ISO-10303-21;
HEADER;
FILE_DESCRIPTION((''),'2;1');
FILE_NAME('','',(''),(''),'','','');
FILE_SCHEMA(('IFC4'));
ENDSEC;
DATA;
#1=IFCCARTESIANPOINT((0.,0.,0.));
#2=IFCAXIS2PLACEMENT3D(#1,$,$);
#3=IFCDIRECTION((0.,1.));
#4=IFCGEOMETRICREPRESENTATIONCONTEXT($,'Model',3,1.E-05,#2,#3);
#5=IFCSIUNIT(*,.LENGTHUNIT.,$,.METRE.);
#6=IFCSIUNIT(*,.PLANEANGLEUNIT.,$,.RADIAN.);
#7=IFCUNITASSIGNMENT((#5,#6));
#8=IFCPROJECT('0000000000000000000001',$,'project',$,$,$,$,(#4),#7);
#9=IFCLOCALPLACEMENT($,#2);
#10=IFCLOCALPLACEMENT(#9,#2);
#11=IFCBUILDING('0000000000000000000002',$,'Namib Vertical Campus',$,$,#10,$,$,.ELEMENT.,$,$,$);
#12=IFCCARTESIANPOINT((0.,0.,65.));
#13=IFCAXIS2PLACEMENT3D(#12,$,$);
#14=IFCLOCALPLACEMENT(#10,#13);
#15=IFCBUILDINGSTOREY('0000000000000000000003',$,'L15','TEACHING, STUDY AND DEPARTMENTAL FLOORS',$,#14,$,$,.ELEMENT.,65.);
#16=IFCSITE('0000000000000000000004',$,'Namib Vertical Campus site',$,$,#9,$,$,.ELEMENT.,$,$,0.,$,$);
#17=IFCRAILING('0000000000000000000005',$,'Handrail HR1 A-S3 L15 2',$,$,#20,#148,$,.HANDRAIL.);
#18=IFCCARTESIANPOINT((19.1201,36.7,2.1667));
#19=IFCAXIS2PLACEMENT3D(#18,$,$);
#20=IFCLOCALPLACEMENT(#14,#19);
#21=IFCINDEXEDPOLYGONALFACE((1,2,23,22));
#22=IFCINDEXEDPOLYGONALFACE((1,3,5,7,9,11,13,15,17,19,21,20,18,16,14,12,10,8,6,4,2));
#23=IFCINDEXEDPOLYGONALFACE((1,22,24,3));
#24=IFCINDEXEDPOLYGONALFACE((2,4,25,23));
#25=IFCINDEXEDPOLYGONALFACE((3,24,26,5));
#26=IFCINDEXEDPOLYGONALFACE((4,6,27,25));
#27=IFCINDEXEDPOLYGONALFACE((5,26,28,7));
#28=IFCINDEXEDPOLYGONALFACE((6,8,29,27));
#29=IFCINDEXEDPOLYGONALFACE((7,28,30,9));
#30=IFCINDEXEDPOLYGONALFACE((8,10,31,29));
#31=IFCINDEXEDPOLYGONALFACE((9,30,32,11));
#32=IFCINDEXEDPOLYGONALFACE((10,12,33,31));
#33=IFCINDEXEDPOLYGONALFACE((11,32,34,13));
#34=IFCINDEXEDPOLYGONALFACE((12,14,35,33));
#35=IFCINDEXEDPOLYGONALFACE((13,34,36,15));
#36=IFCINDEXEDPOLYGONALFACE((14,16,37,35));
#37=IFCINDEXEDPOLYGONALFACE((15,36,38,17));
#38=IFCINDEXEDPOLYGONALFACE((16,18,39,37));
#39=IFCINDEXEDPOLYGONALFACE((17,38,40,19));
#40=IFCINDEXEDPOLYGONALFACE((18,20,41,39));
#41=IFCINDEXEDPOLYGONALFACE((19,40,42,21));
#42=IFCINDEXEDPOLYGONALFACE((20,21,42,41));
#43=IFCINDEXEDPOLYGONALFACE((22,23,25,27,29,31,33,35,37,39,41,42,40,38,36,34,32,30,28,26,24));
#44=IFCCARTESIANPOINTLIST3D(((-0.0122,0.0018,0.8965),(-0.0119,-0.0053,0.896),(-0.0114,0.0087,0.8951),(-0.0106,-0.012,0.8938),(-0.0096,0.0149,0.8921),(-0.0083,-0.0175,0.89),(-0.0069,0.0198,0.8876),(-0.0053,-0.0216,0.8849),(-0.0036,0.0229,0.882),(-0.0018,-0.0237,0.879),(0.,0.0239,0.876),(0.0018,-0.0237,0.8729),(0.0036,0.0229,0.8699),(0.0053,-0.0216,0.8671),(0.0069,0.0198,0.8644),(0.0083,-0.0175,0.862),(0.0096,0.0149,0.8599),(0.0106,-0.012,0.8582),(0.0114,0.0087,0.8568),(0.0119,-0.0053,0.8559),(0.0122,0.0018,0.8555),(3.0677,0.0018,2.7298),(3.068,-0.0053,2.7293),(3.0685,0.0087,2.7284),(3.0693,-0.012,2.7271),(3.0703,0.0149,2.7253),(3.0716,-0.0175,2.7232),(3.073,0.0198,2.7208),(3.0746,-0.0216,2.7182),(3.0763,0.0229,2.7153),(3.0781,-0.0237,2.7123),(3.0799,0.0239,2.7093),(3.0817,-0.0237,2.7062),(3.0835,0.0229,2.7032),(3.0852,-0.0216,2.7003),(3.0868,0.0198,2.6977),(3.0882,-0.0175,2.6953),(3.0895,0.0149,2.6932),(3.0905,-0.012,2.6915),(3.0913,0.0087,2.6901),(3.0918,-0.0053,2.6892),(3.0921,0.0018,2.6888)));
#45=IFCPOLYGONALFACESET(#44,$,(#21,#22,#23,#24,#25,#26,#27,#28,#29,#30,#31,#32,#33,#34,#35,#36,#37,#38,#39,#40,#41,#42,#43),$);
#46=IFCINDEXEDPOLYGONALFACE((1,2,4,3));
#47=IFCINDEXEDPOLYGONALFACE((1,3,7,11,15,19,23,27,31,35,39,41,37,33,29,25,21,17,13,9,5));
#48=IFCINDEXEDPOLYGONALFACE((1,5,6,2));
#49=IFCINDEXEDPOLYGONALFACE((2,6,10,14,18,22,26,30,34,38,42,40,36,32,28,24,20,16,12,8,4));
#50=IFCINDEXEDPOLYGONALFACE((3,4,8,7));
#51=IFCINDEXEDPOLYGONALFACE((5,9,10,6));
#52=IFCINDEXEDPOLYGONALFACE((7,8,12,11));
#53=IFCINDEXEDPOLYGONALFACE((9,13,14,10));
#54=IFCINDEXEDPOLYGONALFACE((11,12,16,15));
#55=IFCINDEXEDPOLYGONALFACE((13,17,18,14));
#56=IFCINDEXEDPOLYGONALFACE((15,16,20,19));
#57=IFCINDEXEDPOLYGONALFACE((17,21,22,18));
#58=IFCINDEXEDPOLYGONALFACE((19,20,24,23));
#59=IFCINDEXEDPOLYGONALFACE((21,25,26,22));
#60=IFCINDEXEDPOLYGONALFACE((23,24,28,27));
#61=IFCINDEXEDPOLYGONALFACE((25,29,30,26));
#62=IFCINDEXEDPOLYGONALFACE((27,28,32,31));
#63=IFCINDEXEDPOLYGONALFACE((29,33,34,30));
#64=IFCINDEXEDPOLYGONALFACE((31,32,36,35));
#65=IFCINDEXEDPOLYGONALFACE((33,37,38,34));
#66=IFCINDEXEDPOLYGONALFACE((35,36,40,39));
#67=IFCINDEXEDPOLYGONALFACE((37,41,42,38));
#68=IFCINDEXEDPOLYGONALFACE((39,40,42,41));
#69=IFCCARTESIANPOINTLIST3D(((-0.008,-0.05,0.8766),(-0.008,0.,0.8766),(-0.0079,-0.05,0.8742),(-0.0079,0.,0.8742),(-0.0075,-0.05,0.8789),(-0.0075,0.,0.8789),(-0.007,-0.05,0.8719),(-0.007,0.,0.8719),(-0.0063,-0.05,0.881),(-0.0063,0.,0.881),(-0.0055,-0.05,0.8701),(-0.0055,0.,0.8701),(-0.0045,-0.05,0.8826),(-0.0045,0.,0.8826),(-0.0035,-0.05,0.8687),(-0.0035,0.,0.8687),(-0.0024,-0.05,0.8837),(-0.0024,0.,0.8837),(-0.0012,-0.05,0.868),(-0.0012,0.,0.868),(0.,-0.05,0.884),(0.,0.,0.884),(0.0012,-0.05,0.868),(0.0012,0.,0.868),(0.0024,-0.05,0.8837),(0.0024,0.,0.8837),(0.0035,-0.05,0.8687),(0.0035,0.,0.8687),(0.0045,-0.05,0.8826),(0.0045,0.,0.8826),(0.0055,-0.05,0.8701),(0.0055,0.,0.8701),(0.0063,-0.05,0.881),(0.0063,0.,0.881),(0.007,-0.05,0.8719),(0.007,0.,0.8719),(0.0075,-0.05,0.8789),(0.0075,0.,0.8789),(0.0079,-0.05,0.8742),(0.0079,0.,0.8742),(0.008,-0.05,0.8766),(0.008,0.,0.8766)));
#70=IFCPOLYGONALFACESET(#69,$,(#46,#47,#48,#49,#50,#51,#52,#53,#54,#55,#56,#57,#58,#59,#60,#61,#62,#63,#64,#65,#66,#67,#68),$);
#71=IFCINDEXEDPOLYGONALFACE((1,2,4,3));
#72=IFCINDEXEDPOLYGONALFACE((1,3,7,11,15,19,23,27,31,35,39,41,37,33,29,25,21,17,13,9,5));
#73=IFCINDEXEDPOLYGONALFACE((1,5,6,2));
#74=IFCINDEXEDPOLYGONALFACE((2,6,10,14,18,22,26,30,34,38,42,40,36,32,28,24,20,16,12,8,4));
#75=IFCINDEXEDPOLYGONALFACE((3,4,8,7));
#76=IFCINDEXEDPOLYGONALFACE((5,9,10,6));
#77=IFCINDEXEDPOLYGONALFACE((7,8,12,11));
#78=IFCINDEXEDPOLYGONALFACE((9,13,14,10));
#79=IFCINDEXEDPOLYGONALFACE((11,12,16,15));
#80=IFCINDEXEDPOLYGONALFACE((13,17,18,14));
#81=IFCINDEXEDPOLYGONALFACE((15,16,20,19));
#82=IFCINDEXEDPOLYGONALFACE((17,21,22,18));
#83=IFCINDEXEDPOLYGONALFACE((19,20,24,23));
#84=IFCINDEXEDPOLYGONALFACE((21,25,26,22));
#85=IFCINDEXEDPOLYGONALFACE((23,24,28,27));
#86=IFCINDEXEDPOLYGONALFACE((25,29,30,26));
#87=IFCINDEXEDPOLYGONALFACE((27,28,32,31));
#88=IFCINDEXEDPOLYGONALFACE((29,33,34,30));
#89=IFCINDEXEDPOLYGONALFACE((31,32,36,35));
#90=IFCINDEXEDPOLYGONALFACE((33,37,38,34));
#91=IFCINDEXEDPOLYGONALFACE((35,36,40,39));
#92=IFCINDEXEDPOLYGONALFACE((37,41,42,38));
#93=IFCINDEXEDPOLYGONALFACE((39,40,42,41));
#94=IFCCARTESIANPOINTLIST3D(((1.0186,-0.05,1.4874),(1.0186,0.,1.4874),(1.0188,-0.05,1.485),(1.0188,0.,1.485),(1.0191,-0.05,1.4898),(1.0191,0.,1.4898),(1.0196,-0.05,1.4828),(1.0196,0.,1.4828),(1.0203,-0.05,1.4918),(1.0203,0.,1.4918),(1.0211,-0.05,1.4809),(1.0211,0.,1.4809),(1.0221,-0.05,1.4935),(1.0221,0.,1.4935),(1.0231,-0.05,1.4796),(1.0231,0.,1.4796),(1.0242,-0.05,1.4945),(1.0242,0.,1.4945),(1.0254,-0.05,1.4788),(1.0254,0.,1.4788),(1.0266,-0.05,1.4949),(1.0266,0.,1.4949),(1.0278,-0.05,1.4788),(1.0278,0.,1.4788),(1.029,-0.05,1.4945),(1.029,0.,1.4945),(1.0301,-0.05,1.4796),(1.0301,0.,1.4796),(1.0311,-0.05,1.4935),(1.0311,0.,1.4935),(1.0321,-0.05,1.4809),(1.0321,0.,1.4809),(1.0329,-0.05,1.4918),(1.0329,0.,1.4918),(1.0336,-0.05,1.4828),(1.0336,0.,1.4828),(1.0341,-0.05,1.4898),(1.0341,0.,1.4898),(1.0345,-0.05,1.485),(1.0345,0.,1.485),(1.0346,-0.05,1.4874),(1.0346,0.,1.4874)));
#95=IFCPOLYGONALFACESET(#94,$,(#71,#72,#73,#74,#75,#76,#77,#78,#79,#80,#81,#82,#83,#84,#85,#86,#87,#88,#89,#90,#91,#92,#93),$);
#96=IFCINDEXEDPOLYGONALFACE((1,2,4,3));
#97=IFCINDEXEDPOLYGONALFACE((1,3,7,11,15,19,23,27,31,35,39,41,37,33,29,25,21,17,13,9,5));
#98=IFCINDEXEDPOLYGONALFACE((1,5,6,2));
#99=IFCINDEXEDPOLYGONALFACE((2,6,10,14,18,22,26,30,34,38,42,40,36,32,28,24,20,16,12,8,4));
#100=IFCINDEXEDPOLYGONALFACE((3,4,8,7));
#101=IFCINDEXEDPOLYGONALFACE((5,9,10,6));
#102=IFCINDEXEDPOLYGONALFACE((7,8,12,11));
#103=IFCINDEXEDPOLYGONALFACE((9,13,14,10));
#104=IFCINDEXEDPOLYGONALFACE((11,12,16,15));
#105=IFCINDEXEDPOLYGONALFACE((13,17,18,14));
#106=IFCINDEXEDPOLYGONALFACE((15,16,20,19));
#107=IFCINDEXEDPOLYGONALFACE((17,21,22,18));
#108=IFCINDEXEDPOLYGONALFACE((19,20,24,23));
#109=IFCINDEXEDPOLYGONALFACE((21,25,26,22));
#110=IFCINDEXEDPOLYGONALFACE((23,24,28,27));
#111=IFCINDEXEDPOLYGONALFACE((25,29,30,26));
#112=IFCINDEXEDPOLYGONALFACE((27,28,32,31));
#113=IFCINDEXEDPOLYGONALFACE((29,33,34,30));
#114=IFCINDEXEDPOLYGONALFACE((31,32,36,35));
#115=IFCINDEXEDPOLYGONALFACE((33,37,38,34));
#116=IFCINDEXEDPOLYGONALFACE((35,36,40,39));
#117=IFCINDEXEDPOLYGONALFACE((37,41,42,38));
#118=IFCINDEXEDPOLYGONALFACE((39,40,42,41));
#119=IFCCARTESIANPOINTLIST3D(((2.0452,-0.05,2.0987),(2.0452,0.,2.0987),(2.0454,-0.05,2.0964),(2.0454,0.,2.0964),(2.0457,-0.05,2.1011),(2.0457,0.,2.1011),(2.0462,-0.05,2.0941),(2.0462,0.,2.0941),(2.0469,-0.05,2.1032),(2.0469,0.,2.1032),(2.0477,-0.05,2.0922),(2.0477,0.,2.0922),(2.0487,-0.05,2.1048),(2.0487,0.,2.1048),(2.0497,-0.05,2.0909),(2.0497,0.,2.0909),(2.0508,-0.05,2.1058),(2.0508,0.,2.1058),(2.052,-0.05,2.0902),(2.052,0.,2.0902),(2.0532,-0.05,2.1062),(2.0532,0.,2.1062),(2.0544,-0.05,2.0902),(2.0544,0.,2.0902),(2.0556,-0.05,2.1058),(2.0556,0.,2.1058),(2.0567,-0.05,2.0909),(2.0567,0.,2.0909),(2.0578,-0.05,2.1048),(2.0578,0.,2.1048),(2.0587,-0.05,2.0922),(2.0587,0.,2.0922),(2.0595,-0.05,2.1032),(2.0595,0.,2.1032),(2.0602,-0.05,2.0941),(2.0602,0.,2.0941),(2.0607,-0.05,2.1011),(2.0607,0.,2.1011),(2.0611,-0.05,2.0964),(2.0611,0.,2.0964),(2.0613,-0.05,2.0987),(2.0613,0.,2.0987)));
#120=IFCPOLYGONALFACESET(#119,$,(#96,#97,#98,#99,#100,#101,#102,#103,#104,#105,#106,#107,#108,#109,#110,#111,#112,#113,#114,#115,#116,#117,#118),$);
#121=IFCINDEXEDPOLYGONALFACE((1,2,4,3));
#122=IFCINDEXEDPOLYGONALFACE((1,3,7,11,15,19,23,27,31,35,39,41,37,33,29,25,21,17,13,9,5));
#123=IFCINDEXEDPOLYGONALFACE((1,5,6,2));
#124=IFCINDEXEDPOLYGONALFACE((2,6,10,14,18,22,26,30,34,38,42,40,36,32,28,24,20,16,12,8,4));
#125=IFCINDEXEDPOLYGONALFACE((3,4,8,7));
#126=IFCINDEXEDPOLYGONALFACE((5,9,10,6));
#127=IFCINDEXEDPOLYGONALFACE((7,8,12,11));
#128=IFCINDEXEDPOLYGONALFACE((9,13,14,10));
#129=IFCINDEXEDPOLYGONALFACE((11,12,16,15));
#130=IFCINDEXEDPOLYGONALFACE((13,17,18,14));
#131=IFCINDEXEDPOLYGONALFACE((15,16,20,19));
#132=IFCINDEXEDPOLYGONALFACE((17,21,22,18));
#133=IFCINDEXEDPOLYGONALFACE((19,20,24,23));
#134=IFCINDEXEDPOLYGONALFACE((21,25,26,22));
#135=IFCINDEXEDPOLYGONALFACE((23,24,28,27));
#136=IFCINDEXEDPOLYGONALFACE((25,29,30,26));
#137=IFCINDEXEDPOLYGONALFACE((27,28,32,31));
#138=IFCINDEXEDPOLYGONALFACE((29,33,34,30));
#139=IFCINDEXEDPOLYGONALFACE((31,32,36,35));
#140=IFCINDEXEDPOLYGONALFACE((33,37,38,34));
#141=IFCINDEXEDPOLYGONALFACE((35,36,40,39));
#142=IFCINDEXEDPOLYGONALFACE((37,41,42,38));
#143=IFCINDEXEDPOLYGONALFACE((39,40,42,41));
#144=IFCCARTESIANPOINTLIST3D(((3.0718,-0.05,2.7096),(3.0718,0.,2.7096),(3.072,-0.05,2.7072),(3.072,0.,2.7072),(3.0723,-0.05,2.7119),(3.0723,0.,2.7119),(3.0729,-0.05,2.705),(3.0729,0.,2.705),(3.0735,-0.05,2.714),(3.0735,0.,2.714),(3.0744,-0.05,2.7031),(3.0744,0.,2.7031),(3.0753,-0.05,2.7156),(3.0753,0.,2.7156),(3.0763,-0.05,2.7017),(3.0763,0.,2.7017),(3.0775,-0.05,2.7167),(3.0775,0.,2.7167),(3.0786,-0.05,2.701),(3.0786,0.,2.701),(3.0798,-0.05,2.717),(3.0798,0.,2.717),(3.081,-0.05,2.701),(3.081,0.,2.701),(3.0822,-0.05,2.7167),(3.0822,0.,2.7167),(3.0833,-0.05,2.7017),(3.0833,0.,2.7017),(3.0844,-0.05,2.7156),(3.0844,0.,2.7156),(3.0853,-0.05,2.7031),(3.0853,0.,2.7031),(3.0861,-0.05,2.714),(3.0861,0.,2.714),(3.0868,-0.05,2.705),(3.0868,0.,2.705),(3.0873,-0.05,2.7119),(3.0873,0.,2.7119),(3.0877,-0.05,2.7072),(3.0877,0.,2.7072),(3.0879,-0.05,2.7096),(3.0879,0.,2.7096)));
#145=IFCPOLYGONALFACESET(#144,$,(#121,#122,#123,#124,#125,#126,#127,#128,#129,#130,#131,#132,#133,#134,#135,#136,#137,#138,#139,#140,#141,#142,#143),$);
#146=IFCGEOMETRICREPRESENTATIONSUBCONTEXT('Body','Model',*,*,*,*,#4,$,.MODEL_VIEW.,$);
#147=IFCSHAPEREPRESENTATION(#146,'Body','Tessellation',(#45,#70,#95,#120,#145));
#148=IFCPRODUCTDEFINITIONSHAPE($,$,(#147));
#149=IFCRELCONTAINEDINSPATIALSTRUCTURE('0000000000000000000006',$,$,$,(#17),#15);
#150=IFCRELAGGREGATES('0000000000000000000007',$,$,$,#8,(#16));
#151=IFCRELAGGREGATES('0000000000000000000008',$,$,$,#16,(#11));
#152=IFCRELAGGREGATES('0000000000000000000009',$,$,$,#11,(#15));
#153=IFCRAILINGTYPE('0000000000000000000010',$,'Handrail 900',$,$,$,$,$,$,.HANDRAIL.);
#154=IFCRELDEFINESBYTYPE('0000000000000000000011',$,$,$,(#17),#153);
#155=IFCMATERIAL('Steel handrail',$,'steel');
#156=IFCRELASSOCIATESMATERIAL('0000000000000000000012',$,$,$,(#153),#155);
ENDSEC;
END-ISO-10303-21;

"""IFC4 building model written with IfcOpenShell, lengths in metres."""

from ifc_helpers import new_model, si_unit, direction, frame, origin, origin_2d, place, context, subcontext, project, spatial, circle, extrude, material, type_object, element, save


model = new_model("IFC4")

# Units and contexts
model_context = context("Model", 3, precision=1e-05, world=origin(), true_north=direction((0.0, 1.0)))
body_context = subcontext(model_context, "Body", "Model", "MODEL_VIEW")
ifc_project = project(units=[si_unit("LENGTHUNIT", "METRE"), si_unit("PLANEANGLEUNIT", "RADIAN")], contexts=[model_context])

# Site, building, storey
site_placement = place(None, origin())
site = spatial("IfcSite", under=ifc_project, at=site_placement, Name="Namib Vertical Campus site", CompositionType="ELEMENT", RefElevation=0.0)
building_placement = place(site_placement, origin())
building = spatial("IfcBuilding", under=site, at=building_placement, Name="Namib Vertical Campus", CompositionType="ELEMENT")
storey_placement = place(building_placement, frame((0.0, 0.0, 65.0)))
storey = spatial("IfcBuildingStorey", under=building, at=storey_placement, Name="L15", Description="TEACHING, STUDY AND DEPARTMENTAL FLOORS", CompositionType="ELEMENT", Elevation=65.0)

# Railing
ifc_material_1 = material(Name="Steel handrail", Category="steel")
railing_type = type_object("IfcRailingType", Name="Handrail 900", PredefinedType="HANDRAIL", material=ifc_material_1)
railing_1_placement = place(storey_placement, frame((19.1201, 36.7, 2.1667)))
element("IfcRailing", 1, at=railing_1_placement, inside=storey, type_object=railing_type, Name="Handrail HR1 A-S3 L15 2", PredefinedType="HANDRAIL", context=body_context, shape_type="SweptSolid", body=[
    extrude(circle(Radius=0.0239, at=origin_2d()), frame((0.0, 0.0, 0.876), z_axis=(0.859291, 0.0, 0.511487), x_axis=(0.0, 1.0, 0.0)), (0.0, 0.0, 1.0), 3.5842),
    extrude(circle(Radius=0.0081, at=origin_2d()), frame((0.0, 0.0, 0.876), z_axis=(0.0, -1.0, 0.0), x_axis=(0.0, 0.0, 1.0)), (0.0, 0.0, 1.0), 0.05),
    extrude(circle(Radius=0.0081, at=origin_2d()), frame((1.0266, 0.0, 1.4868), z_axis=(0.0, -1.0, 0.0), x_axis=(0.0, 0.0, 1.0)), (0.0, 0.0, 1.0), 0.05),
    extrude(circle(Radius=0.0081, at=origin_2d()), frame((2.0532, 0.0, 2.0981), z_axis=(0.0, -1.0, 0.0), x_axis=(0.0, 0.0, 1.0)), (0.0, 0.0, 1.0), 0.05),
    extrude(circle(Radius=0.0081, at=origin_2d()), frame((3.0798, 0.0, 2.709), z_axis=(0.0, -1.0, 0.0), x_axis=(0.0, 0.0, 1.0)), (0.0, 0.0, 1.0), 0.05),
])

save(model, "model.ifc")
